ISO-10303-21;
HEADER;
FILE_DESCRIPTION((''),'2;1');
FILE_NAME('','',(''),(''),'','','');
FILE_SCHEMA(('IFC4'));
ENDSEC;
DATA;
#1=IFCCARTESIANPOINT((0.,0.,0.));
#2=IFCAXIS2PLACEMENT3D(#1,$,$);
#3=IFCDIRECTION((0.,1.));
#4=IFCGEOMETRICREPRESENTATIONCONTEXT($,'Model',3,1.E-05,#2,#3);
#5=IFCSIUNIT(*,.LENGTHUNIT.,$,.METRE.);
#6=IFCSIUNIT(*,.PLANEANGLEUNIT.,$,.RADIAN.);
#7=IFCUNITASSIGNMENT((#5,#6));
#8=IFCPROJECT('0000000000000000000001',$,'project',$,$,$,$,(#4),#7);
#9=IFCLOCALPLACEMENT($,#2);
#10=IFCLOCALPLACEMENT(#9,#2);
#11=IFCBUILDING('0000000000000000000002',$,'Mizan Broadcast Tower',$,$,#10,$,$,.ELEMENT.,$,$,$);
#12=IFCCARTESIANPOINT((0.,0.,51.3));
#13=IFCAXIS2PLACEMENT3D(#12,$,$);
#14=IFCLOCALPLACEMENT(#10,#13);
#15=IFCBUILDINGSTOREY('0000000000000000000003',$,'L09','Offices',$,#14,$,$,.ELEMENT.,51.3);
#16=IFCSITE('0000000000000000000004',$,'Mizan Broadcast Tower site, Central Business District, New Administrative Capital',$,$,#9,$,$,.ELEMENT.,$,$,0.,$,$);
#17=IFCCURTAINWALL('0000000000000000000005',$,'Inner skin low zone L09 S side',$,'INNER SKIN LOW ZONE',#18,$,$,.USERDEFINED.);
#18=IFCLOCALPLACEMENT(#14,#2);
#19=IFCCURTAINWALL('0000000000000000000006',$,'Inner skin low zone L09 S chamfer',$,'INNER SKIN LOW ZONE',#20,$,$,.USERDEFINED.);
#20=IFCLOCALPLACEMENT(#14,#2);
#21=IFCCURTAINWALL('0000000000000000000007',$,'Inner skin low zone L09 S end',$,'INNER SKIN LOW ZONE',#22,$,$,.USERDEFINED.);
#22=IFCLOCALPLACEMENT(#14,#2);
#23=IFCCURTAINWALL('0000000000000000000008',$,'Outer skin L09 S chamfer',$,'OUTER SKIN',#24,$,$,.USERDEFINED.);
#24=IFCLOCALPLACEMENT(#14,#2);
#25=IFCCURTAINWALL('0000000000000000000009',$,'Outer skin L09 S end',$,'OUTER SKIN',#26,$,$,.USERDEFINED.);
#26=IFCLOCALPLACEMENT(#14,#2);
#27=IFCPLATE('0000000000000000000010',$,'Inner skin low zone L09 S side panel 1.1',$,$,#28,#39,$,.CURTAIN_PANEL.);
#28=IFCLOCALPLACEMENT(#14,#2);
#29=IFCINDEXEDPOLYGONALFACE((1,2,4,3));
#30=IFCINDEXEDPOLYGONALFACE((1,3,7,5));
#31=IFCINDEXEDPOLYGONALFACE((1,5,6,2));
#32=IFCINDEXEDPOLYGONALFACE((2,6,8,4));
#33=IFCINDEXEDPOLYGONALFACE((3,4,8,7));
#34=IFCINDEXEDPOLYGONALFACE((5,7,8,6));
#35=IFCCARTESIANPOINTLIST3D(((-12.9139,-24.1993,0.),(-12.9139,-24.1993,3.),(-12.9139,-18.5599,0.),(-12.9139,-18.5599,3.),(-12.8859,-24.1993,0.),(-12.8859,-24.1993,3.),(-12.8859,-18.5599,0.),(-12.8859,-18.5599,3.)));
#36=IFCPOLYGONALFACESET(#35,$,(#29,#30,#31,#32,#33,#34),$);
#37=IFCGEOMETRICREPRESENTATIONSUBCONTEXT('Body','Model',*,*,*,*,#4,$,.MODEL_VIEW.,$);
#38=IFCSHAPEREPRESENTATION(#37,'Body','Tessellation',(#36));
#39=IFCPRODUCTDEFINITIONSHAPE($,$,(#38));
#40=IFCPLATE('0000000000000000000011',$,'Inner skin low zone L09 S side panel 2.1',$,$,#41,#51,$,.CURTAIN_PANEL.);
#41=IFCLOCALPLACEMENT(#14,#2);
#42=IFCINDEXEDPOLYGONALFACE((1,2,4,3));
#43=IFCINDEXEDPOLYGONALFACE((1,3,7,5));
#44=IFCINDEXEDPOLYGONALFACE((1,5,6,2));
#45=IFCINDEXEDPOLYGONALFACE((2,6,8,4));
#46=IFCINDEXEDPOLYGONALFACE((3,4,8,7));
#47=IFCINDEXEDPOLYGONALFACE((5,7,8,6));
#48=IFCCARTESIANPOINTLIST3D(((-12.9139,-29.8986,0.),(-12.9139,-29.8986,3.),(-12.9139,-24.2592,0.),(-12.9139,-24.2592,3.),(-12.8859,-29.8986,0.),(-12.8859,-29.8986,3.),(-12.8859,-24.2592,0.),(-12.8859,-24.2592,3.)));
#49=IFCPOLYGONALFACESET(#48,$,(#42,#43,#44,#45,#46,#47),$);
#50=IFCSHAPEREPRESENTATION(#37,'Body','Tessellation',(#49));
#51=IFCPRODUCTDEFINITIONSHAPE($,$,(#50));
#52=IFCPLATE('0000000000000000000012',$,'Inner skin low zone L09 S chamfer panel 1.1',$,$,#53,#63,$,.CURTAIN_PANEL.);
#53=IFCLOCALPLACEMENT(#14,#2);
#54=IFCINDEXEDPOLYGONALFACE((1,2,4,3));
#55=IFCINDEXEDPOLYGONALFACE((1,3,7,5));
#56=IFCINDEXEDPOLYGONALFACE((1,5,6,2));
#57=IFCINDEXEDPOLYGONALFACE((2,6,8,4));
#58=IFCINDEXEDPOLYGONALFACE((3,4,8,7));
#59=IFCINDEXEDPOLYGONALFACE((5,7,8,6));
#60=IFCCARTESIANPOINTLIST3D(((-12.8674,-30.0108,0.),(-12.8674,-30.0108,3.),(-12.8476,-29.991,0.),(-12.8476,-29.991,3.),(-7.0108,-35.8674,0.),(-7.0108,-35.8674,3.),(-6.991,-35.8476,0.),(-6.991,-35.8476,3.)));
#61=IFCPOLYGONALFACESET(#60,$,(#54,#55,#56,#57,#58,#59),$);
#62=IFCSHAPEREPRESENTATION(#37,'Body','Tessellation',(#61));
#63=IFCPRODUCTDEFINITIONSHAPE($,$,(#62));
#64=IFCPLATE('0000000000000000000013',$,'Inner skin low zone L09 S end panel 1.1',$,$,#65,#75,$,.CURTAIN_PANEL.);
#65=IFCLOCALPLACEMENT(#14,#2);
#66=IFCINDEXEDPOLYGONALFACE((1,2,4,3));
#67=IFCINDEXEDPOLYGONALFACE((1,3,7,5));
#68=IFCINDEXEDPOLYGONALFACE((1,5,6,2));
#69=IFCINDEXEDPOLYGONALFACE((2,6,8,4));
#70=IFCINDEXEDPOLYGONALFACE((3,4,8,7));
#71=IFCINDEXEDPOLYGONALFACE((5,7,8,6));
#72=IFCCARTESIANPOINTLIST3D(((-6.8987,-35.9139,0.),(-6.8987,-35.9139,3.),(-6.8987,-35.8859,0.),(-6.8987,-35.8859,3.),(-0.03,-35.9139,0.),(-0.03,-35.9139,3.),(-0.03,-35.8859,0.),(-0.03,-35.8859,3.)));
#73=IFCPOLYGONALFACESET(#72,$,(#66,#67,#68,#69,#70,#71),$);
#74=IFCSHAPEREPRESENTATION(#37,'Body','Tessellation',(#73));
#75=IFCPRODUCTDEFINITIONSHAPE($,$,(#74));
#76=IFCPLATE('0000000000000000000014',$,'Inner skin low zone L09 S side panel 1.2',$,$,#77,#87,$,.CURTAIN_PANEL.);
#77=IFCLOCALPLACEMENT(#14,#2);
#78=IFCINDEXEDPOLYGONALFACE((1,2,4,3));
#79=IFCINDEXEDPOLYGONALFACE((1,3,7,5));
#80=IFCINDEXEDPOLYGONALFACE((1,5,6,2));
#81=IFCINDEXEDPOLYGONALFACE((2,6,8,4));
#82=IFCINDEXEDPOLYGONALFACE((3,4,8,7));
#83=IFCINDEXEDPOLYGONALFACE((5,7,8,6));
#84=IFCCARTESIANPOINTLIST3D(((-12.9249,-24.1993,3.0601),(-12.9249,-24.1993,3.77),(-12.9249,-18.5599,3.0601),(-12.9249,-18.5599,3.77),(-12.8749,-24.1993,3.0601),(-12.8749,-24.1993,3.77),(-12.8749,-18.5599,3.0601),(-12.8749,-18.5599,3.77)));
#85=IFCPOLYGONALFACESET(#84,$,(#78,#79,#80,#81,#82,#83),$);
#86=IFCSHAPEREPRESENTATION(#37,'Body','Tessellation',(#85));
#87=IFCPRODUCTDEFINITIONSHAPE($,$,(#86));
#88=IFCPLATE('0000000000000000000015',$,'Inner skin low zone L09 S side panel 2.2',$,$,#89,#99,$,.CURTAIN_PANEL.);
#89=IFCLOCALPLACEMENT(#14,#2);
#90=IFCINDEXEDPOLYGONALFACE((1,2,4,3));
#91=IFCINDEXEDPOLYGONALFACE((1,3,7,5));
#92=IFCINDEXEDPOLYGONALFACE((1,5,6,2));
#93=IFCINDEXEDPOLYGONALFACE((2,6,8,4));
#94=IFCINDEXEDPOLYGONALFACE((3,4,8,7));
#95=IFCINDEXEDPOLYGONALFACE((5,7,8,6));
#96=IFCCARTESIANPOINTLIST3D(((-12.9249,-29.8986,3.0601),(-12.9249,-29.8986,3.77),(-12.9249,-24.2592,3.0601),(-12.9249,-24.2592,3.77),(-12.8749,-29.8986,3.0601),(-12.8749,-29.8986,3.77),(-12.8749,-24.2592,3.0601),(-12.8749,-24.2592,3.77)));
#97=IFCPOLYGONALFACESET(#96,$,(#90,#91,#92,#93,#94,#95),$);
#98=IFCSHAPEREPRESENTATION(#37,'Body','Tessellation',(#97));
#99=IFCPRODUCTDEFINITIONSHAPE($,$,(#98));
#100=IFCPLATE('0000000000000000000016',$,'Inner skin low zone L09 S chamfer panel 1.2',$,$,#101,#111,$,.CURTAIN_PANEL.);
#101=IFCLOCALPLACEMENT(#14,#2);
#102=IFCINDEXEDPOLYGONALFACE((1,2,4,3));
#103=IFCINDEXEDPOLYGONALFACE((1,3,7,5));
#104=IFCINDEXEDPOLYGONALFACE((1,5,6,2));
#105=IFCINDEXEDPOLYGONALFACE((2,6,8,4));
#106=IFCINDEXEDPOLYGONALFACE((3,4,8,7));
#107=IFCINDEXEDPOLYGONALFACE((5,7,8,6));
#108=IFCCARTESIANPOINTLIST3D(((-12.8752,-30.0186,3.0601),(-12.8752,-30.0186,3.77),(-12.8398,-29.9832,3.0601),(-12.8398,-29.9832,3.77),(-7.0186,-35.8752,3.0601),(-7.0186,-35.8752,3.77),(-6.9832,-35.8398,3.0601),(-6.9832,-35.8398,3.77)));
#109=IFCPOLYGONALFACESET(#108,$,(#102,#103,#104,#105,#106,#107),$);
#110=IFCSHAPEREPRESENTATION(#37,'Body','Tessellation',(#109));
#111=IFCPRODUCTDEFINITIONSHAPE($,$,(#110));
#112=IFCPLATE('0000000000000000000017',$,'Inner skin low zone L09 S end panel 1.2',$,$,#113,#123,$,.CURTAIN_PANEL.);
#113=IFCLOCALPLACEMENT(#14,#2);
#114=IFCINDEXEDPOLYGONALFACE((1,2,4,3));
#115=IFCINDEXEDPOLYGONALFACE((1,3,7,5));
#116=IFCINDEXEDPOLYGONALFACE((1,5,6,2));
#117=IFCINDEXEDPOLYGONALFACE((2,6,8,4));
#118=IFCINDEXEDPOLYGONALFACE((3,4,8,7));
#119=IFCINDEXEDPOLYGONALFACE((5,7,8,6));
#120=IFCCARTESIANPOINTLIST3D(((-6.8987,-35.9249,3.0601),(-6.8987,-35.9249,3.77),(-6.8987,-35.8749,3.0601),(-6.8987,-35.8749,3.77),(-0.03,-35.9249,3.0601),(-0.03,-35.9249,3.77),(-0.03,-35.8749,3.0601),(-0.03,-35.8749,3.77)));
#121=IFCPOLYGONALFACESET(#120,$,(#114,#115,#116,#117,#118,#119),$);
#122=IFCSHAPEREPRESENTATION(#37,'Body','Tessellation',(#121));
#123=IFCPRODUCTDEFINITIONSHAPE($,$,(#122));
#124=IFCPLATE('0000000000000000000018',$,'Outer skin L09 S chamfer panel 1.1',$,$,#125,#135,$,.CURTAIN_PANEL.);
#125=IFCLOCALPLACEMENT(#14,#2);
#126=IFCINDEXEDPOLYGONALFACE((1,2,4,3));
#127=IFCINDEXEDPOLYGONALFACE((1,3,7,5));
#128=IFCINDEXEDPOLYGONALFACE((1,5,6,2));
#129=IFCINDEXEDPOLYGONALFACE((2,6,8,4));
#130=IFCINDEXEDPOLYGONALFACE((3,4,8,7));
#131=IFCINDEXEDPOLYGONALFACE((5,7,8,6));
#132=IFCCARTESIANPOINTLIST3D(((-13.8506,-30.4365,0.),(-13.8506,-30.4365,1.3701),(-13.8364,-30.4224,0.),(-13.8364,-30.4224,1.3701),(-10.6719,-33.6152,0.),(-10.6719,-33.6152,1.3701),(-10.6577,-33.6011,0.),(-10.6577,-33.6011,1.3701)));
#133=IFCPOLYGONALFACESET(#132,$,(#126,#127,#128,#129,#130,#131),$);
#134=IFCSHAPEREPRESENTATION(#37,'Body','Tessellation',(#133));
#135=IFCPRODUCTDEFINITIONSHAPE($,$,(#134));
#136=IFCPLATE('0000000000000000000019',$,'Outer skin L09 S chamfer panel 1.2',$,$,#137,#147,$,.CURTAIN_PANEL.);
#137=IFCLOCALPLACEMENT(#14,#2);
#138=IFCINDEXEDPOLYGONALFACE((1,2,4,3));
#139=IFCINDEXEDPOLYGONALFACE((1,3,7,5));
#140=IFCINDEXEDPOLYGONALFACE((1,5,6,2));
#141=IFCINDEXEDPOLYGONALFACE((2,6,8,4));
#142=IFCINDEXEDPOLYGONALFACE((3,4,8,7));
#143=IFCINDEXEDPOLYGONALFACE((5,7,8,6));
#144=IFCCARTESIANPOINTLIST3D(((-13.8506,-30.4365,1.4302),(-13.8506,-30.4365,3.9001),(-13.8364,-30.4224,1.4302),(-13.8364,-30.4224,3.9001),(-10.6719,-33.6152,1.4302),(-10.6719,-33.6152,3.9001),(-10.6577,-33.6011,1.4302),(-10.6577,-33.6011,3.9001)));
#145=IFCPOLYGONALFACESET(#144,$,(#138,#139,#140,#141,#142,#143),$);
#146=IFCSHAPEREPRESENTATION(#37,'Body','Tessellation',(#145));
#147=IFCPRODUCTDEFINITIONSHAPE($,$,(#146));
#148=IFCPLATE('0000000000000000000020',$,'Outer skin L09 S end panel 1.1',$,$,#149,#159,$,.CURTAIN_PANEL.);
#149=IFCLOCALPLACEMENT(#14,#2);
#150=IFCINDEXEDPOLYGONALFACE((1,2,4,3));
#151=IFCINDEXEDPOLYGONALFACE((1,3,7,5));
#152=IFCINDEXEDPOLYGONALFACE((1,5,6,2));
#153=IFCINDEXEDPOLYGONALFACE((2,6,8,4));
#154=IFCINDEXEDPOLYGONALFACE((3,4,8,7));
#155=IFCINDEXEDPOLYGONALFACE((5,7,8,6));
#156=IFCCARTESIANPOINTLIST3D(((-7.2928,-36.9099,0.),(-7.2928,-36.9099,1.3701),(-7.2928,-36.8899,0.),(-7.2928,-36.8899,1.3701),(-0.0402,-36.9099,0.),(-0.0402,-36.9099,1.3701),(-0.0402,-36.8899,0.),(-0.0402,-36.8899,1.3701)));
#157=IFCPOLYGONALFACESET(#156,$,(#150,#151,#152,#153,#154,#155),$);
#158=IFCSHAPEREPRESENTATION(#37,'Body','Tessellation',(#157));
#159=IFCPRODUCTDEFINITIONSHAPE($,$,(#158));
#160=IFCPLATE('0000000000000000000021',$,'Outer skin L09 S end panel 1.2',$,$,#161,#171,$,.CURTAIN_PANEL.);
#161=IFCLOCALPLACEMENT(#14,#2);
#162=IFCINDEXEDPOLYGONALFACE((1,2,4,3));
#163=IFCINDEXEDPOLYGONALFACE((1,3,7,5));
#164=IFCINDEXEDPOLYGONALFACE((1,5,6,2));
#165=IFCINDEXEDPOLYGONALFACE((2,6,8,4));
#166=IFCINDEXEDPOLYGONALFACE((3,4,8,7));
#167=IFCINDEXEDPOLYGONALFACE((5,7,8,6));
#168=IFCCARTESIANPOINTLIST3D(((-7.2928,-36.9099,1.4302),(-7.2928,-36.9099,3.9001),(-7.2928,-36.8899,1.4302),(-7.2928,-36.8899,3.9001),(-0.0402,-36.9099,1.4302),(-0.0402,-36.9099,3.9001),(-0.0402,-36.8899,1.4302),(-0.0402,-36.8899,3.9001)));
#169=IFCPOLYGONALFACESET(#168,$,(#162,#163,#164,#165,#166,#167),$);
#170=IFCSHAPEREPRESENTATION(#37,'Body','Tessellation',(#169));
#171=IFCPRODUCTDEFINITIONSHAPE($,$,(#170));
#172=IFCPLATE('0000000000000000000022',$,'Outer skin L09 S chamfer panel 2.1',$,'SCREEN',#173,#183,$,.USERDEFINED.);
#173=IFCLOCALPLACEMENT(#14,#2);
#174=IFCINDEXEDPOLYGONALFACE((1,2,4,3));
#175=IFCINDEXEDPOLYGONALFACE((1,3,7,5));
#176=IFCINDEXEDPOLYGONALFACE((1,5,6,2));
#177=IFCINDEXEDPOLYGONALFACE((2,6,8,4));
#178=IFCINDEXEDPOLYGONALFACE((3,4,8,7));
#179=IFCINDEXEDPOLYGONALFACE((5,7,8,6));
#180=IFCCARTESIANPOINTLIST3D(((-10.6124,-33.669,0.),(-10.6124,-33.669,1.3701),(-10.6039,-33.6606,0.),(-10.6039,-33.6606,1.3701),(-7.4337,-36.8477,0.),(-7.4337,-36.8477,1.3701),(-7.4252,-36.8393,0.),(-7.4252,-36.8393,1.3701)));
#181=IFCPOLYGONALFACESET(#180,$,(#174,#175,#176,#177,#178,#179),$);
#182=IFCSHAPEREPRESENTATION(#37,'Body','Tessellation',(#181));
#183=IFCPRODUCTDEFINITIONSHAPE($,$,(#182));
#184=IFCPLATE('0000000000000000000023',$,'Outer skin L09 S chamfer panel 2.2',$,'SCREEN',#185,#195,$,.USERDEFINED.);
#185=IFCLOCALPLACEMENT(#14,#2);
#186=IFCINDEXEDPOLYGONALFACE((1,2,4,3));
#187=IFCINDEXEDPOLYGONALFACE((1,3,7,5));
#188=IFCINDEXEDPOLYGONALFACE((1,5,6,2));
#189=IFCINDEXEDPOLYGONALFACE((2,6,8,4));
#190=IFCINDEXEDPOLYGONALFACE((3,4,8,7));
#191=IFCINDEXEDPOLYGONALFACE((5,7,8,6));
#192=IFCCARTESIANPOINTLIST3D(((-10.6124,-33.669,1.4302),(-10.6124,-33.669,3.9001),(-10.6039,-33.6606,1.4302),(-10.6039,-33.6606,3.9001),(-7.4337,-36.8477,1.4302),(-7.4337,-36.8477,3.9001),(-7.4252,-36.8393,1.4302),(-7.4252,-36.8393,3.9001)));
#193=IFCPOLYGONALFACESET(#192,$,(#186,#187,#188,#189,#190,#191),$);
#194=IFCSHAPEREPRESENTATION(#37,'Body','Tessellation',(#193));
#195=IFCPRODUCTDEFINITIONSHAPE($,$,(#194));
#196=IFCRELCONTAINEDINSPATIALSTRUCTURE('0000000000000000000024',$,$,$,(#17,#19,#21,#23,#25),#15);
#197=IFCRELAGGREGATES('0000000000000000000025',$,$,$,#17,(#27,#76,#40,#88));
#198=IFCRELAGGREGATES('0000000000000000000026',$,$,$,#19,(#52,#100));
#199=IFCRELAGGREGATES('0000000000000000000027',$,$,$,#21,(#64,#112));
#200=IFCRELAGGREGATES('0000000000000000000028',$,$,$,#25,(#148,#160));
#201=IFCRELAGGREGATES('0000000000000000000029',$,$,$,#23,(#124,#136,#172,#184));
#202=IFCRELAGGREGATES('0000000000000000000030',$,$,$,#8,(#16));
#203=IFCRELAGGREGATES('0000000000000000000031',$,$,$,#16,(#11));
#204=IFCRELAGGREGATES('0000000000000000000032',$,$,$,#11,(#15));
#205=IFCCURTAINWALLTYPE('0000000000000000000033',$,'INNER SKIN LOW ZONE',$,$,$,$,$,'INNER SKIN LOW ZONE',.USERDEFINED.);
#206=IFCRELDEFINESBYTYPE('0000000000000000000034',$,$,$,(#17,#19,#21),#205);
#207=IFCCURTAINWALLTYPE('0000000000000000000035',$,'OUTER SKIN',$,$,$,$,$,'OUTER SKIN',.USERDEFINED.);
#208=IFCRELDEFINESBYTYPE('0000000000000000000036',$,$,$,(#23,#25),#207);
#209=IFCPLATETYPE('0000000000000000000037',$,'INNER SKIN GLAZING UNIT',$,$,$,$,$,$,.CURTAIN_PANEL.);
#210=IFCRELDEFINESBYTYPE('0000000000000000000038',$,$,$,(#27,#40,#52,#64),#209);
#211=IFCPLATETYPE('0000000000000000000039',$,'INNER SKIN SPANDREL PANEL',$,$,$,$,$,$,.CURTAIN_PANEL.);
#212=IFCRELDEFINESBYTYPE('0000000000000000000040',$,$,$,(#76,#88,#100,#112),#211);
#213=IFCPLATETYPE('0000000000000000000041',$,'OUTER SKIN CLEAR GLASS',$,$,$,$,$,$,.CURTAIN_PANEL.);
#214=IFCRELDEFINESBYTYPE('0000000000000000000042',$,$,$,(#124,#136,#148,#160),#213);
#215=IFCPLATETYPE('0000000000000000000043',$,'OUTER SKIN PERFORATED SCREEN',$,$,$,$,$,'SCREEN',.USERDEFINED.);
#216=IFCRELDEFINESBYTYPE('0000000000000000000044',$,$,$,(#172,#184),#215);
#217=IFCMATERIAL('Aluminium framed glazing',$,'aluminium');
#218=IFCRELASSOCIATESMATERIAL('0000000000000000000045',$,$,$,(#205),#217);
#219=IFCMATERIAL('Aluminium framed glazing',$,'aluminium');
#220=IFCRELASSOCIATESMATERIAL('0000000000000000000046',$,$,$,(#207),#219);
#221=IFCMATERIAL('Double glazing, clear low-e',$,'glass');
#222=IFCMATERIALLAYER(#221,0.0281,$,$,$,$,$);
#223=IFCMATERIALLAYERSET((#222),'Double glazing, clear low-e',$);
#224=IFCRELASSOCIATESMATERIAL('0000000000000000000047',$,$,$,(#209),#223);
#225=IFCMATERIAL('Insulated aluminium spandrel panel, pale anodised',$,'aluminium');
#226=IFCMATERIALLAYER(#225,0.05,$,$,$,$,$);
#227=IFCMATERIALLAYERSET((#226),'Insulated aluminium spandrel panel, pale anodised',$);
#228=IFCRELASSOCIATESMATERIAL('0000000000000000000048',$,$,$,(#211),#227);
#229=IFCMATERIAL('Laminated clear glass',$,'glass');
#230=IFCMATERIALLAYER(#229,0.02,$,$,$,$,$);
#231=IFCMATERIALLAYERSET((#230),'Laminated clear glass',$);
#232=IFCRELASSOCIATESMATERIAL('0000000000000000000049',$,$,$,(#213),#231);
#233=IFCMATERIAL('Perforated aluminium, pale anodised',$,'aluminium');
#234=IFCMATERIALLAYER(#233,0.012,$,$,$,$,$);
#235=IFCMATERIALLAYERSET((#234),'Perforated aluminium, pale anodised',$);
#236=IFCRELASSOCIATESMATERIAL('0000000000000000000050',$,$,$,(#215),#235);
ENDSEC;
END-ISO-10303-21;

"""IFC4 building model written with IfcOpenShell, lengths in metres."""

from ifc_helpers import new_model, si_unit, direction, frame, origin, origin_2d, place, context, subcontext, project, spatial, rectangle, extrude, material, layer, layer_set, type_object, element, aggregate, save


model = new_model("IFC4")

# Units and contexts
model_context = context("Model", 3, precision=1e-05, world=origin(), true_north=direction((0.0, 1.0)))
body_context = subcontext(model_context, "Body", "Model", "MODEL_VIEW")
ifc_project = project(units=[si_unit("LENGTHUNIT", "METRE"), si_unit("PLANEANGLEUNIT", "RADIAN")], contexts=[model_context])

# Site, building, storey
site_placement = place(None, origin())
site = spatial("IfcSite", under=ifc_project, at=site_placement, Name="Mizan Broadcast Tower site, Central Business District, New Administrative Capital", CompositionType="ELEMENT", RefElevation=0.0)
building_placement = place(site_placement, origin())
building = spatial("IfcBuilding", under=site, at=building_placement, Name="Mizan Broadcast Tower", CompositionType="ELEMENT")
storey_placement = place(building_placement, frame((0.0, 0.0, 51.3)))
storey = spatial("IfcBuildingStorey", under=building, at=storey_placement, Name="L09", Description="Offices", CompositionType="ELEMENT", Elevation=51.3)

# Curtain wall
ifc_material_1 = material(Name="Aluminium framed glazing", Category="aluminium")
curtain_wall_type_1 = type_object("IfcCurtainWallType", Name="INNER SKIN LOW ZONE", ElementType="INNER SKIN LOW ZONE", PredefinedType="USERDEFINED", material=ifc_material_1)
curtain_wall_1_placement = place(storey_placement, origin())
curtain_wall_1 = element("IfcCurtainWall", 1, at=curtain_wall_1_placement, inside=storey, type_object=curtain_wall_type_1, Name="Inner skin low zone L09 S side", ObjectType="INNER SKIN LOW ZONE", PredefinedType="USERDEFINED")

# Curtain wall
curtain_wall_2_placement = place(storey_placement, origin())
curtain_wall_2 = element("IfcCurtainWall", 2, at=curtain_wall_2_placement, inside=storey, type_object=curtain_wall_type_1, Name="Inner skin low zone L09 S chamfer", ObjectType="INNER SKIN LOW ZONE", PredefinedType="USERDEFINED")

# Curtain wall
curtain_wall_3_placement = place(storey_placement, origin())
curtain_wall_3 = element("IfcCurtainWall", 3, at=curtain_wall_3_placement, inside=storey, type_object=curtain_wall_type_1, Name="Inner skin low zone L09 S end", ObjectType="INNER SKIN LOW ZONE", PredefinedType="USERDEFINED")

# Curtain wall
ifc_material_2 = material(Name="Aluminium framed glazing", Category="aluminium")
curtain_wall_type_2 = type_object("IfcCurtainWallType", Name="OUTER SKIN", ElementType="OUTER SKIN", PredefinedType="USERDEFINED", material=ifc_material_2)
curtain_wall_4_placement = place(storey_placement, origin())
curtain_wall_4 = element("IfcCurtainWall", 4, at=curtain_wall_4_placement, inside=storey, type_object=curtain_wall_type_2, Name="Outer skin L09 S chamfer", ObjectType="OUTER SKIN", PredefinedType="USERDEFINED")

# Curtain wall
curtain_wall_5_placement = place(storey_placement, origin())
curtain_wall_5 = element("IfcCurtainWall", 5, at=curtain_wall_5_placement, inside=storey, type_object=curtain_wall_type_2, Name="Outer skin L09 S end", ObjectType="OUTER SKIN", PredefinedType="USERDEFINED")

# Plates
ifc_material_3 = material(Name="Double glazing, clear low-e", Category="glass")
ifc_layer_1 = layer(ifc_material_3, 0.0281)
ifc_layer_set_1 = layer_set([ifc_layer_1], Name="Double glazing, clear low-e")
plate_type_1 = type_object("IfcPlateType", Name="INNER SKIN GLAZING UNIT", PredefinedType="CURTAIN_PANEL", material=ifc_layer_set_1)
plate_1_placement = place(storey_placement, frame((-12.8999, -21.3796, 0.0), z_axis=(0.0, 0.0, 1.0), x_axis=(0.0, -1.0, 0.0)))
plate_1 = element("IfcPlate", 6, at=plate_1_placement, type_object=plate_type_1, Name="Inner skin low zone L09 S side panel 1.1", PredefinedType="CURTAIN_PANEL", context=body_context, shape_type="SweptSolid", body=[
    extrude(rectangle(XDim=5.6394, YDim=0.0281, at=origin_2d()), origin(), (0.0, 0.0, 1.0), 3.0),
])
plate_2_placement = place(storey_placement, frame((-12.8999, -27.0789, 0.0), z_axis=(0.0, 0.0, 1.0), x_axis=(0.0, -1.0, 0.0)))
plate_2 = element("IfcPlate", 7, at=plate_2_placement, type_object=plate_type_1, Name="Inner skin low zone L09 S side panel 2.1", PredefinedType="CURTAIN_PANEL", context=body_context, shape_type="SweptSolid", body=[
    extrude(rectangle(XDim=5.6394, YDim=0.0281, at=origin_2d()), origin(), (0.0, 0.0, 1.0), 3.0),
])
plate_3_placement = place(storey_placement, frame((-9.9292, -32.9292, 0.0), z_axis=(0.0, 0.0, 1.0), x_axis=(0.707107, -0.707107, 0.0)))
plate_3 = element("IfcPlate", 8, at=plate_3_placement, type_object=plate_type_1, Name="Inner skin low zone L09 S chamfer panel 1.1", PredefinedType="CURTAIN_PANEL", context=body_context, shape_type="SweptSolid", body=[
    extrude(rectangle(XDim=8.2825, YDim=0.0281, at=origin_2d()), origin(), (0.0, 0.0, 1.0), 3.0),
])
plate_4_placement = place(storey_placement, frame((-3.4644, -35.8999, 0.0), z_axis=(0.0, 0.0, 1.0), x_axis=(1.0, 0.0, 0.0)))
plate_4 = element("IfcPlate", 9, at=plate_4_placement, type_object=plate_type_1, Name="Inner skin low zone L09 S end panel 1.1", PredefinedType="CURTAIN_PANEL", context=body_context, shape_type="SweptSolid", body=[
    extrude(rectangle(XDim=6.8687, YDim=0.0281, at=origin_2d()), origin(), (0.0, 0.0, 1.0), 3.0),
])
ifc_material_4 = material(Name="Insulated aluminium spandrel panel, pale anodised", Category="aluminium")
ifc_layer_2 = layer(ifc_material_4, 0.05)
ifc_layer_set_2 = layer_set([ifc_layer_2], Name="Insulated aluminium spandrel panel, pale anodised")
plate_type_2 = type_object("IfcPlateType", Name="INNER SKIN SPANDREL PANEL", PredefinedType="CURTAIN_PANEL", material=ifc_layer_set_2)
plate_5_placement = place(storey_placement, frame((-12.8999, -21.3796, 3.0601), z_axis=(0.0, 0.0, 1.0), x_axis=(0.0, -1.0, 0.0)))
plate_5 = element("IfcPlate", 10, at=plate_5_placement, type_object=plate_type_2, Name="Inner skin low zone L09 S side panel 1.2", PredefinedType="CURTAIN_PANEL", context=body_context, shape_type="SweptSolid", body=[
    extrude(rectangle(XDim=5.6394, YDim=0.05, at=origin_2d()), origin(), (0.0, 0.0, 1.0), 0.71),
])
plate_6_placement = place(storey_placement, frame((-12.8999, -27.0789, 3.0601), z_axis=(0.0, 0.0, 1.0), x_axis=(0.0, -1.0, 0.0)))
plate_6 = element("IfcPlate", 11, at=plate_6_placement, type_object=plate_type_2, Name="Inner skin low zone L09 S side panel 2.2", PredefinedType="CURTAIN_PANEL", context=body_context, shape_type="SweptSolid", body=[
    extrude(rectangle(XDim=5.6394, YDim=0.05, at=origin_2d()), origin(), (0.0, 0.0, 1.0), 0.71),
])
aggregate(curtain_wall_1, [plate_1, plate_5, plate_2, plate_6])
plate_7_placement = place(storey_placement, frame((-9.9292, -32.9292, 3.0601), z_axis=(0.0, 0.0, 1.0), x_axis=(0.707107, -0.707107, 0.0)))
plate_7 = element("IfcPlate", 12, at=plate_7_placement, type_object=plate_type_2, Name="Inner skin low zone L09 S chamfer panel 1.2", PredefinedType="CURTAIN_PANEL", context=body_context, shape_type="SweptSolid", body=[
    extrude(rectangle(XDim=8.2825, YDim=0.05, at=origin_2d()), origin(), (0.0, 0.0, 1.0), 0.71),
])
aggregate(curtain_wall_2, [plate_3, plate_7])
plate_8_placement = place(storey_placement, frame((-3.4644, -35.8999, 3.0601), z_axis=(0.0, 0.0, 1.0), x_axis=(1.0, 0.0, 0.0)))
plate_8 = element("IfcPlate", 13, at=plate_8_placement, type_object=plate_type_2, Name="Inner skin low zone L09 S end panel 1.2", PredefinedType="CURTAIN_PANEL", context=body_context, shape_type="SweptSolid", body=[
    extrude(rectangle(XDim=6.8687, YDim=0.05, at=origin_2d()), origin(), (0.0, 0.0, 1.0), 0.71),
])
aggregate(curtain_wall_3, [plate_4, plate_8])
ifc_material_5 = material(Name="Laminated clear glass", Category="glass")
ifc_layer_3 = layer(ifc_material_5, 0.02)
ifc_layer_set_3 = layer_set([ifc_layer_3], Name="Laminated clear glass")
plate_type_3 = type_object("IfcPlateType", Name="OUTER SKIN CLEAR GLASS", PredefinedType="CURTAIN_PANEL", material=ifc_layer_set_3)
plate_9_placement = place(storey_placement, frame((-12.2542, -32.0188, 0.0), z_axis=(0.0, 0.0, 1.0), x_axis=(0.707107, -0.707107, 0.0)))
plate_9 = element("IfcPlate", 14, at=plate_9_placement, type_object=plate_type_3, Name="Outer skin L09 S chamfer panel 1.1", PredefinedType="CURTAIN_PANEL", context=body_context, shape_type="SweptSolid", body=[
    extrude(rectangle(XDim=4.4954, YDim=0.02, at=origin_2d()), origin(), (0.0, 0.0, 1.0), 1.3701),
])
plate_10_placement = place(storey_placement, frame((-12.2542, -32.0188, 1.4302), z_axis=(0.0, 0.0, 1.0), x_axis=(0.707107, -0.707107, 0.0)))
plate_10 = element("IfcPlate", 15, at=plate_10_placement, type_object=plate_type_3, Name="Outer skin L09 S chamfer panel 1.2", PredefinedType="CURTAIN_PANEL", context=body_context, shape_type="SweptSolid", body=[
    extrude(rectangle(XDim=4.4954, YDim=0.02, at=origin_2d()), origin(), (0.0, 0.0, 1.0), 2.47),
])
plate_11_placement = place(storey_placement, frame((-3.6665, -36.8999, 0.0), z_axis=(0.0, 0.0, 1.0), x_axis=(1.0, 0.0, 0.0)))
plate_11 = element("IfcPlate", 16, at=plate_11_placement, type_object=plate_type_3, Name="Outer skin L09 S end panel 1.1", PredefinedType="CURTAIN_PANEL", context=body_context, shape_type="SweptSolid", body=[
    extrude(rectangle(XDim=7.2527, YDim=0.02, at=origin_2d()), origin(), (0.0, 0.0, 1.0), 1.3701),
])
plate_12_placement = place(storey_placement, frame((-3.6665, -36.8999, 1.4302), z_axis=(0.0, 0.0, 1.0), x_axis=(1.0, 0.0, 0.0)))
plate_12 = element("IfcPlate", 17, at=plate_12_placement, type_object=plate_type_3, Name="Outer skin L09 S end panel 1.2", PredefinedType="CURTAIN_PANEL", context=body_context, shape_type="SweptSolid", body=[
    extrude(rectangle(XDim=7.2527, YDim=0.02, at=origin_2d()), origin(), (0.0, 0.0, 1.0), 2.47),
])
aggregate(curtain_wall_5, [plate_11, plate_12])
ifc_material_6 = material(Name="Perforated aluminium, pale anodised", Category="aluminium")
ifc_layer_4 = layer(ifc_material_6, 0.012)
ifc_layer_set_4 = layer_set([ifc_layer_4], Name="Perforated aluminium, pale anodised")
plate_type_4 = type_object("IfcPlateType", Name="OUTER SKIN PERFORATED SCREEN", ElementType="SCREEN", PredefinedType="USERDEFINED", material=ifc_layer_set_4)
plate_13_placement = place(storey_placement, frame((-9.0188, -35.2542, 0.0), z_axis=(0.0, 0.0, 1.0), x_axis=(0.707107, -0.707107, 0.0)))
plate_13 = element("IfcPlate", 18, at=plate_13_placement, type_object=plate_type_4, Name="Outer skin L09 S chamfer panel 2.1", ObjectType="SCREEN", PredefinedType="USERDEFINED", context=body_context, shape_type="SweptSolid", body=[
    extrude(rectangle(XDim=4.4954, YDim=0.012, at=origin_2d()), origin(), (0.0, 0.0, 1.0), 1.3701),
])
plate_14_placement = place(storey_placement, frame((-9.0188, -35.2542, 1.4302), z_axis=(0.0, 0.0, 1.0), x_axis=(0.707107, -0.707107, 0.0)))
plate_14 = element("IfcPlate", 19, at=plate_14_placement, type_object=plate_type_4, Name="Outer skin L09 S chamfer panel 2.2", ObjectType="SCREEN", PredefinedType="USERDEFINED", context=body_context, shape_type="SweptSolid", body=[
    extrude(rectangle(XDim=4.4954, YDim=0.012, at=origin_2d()), origin(), (0.0, 0.0, 1.0), 2.47),
])
aggregate(curtain_wall_4, [plate_9, plate_10, plate_13, plate_14])

save(model, "model.ifc")
